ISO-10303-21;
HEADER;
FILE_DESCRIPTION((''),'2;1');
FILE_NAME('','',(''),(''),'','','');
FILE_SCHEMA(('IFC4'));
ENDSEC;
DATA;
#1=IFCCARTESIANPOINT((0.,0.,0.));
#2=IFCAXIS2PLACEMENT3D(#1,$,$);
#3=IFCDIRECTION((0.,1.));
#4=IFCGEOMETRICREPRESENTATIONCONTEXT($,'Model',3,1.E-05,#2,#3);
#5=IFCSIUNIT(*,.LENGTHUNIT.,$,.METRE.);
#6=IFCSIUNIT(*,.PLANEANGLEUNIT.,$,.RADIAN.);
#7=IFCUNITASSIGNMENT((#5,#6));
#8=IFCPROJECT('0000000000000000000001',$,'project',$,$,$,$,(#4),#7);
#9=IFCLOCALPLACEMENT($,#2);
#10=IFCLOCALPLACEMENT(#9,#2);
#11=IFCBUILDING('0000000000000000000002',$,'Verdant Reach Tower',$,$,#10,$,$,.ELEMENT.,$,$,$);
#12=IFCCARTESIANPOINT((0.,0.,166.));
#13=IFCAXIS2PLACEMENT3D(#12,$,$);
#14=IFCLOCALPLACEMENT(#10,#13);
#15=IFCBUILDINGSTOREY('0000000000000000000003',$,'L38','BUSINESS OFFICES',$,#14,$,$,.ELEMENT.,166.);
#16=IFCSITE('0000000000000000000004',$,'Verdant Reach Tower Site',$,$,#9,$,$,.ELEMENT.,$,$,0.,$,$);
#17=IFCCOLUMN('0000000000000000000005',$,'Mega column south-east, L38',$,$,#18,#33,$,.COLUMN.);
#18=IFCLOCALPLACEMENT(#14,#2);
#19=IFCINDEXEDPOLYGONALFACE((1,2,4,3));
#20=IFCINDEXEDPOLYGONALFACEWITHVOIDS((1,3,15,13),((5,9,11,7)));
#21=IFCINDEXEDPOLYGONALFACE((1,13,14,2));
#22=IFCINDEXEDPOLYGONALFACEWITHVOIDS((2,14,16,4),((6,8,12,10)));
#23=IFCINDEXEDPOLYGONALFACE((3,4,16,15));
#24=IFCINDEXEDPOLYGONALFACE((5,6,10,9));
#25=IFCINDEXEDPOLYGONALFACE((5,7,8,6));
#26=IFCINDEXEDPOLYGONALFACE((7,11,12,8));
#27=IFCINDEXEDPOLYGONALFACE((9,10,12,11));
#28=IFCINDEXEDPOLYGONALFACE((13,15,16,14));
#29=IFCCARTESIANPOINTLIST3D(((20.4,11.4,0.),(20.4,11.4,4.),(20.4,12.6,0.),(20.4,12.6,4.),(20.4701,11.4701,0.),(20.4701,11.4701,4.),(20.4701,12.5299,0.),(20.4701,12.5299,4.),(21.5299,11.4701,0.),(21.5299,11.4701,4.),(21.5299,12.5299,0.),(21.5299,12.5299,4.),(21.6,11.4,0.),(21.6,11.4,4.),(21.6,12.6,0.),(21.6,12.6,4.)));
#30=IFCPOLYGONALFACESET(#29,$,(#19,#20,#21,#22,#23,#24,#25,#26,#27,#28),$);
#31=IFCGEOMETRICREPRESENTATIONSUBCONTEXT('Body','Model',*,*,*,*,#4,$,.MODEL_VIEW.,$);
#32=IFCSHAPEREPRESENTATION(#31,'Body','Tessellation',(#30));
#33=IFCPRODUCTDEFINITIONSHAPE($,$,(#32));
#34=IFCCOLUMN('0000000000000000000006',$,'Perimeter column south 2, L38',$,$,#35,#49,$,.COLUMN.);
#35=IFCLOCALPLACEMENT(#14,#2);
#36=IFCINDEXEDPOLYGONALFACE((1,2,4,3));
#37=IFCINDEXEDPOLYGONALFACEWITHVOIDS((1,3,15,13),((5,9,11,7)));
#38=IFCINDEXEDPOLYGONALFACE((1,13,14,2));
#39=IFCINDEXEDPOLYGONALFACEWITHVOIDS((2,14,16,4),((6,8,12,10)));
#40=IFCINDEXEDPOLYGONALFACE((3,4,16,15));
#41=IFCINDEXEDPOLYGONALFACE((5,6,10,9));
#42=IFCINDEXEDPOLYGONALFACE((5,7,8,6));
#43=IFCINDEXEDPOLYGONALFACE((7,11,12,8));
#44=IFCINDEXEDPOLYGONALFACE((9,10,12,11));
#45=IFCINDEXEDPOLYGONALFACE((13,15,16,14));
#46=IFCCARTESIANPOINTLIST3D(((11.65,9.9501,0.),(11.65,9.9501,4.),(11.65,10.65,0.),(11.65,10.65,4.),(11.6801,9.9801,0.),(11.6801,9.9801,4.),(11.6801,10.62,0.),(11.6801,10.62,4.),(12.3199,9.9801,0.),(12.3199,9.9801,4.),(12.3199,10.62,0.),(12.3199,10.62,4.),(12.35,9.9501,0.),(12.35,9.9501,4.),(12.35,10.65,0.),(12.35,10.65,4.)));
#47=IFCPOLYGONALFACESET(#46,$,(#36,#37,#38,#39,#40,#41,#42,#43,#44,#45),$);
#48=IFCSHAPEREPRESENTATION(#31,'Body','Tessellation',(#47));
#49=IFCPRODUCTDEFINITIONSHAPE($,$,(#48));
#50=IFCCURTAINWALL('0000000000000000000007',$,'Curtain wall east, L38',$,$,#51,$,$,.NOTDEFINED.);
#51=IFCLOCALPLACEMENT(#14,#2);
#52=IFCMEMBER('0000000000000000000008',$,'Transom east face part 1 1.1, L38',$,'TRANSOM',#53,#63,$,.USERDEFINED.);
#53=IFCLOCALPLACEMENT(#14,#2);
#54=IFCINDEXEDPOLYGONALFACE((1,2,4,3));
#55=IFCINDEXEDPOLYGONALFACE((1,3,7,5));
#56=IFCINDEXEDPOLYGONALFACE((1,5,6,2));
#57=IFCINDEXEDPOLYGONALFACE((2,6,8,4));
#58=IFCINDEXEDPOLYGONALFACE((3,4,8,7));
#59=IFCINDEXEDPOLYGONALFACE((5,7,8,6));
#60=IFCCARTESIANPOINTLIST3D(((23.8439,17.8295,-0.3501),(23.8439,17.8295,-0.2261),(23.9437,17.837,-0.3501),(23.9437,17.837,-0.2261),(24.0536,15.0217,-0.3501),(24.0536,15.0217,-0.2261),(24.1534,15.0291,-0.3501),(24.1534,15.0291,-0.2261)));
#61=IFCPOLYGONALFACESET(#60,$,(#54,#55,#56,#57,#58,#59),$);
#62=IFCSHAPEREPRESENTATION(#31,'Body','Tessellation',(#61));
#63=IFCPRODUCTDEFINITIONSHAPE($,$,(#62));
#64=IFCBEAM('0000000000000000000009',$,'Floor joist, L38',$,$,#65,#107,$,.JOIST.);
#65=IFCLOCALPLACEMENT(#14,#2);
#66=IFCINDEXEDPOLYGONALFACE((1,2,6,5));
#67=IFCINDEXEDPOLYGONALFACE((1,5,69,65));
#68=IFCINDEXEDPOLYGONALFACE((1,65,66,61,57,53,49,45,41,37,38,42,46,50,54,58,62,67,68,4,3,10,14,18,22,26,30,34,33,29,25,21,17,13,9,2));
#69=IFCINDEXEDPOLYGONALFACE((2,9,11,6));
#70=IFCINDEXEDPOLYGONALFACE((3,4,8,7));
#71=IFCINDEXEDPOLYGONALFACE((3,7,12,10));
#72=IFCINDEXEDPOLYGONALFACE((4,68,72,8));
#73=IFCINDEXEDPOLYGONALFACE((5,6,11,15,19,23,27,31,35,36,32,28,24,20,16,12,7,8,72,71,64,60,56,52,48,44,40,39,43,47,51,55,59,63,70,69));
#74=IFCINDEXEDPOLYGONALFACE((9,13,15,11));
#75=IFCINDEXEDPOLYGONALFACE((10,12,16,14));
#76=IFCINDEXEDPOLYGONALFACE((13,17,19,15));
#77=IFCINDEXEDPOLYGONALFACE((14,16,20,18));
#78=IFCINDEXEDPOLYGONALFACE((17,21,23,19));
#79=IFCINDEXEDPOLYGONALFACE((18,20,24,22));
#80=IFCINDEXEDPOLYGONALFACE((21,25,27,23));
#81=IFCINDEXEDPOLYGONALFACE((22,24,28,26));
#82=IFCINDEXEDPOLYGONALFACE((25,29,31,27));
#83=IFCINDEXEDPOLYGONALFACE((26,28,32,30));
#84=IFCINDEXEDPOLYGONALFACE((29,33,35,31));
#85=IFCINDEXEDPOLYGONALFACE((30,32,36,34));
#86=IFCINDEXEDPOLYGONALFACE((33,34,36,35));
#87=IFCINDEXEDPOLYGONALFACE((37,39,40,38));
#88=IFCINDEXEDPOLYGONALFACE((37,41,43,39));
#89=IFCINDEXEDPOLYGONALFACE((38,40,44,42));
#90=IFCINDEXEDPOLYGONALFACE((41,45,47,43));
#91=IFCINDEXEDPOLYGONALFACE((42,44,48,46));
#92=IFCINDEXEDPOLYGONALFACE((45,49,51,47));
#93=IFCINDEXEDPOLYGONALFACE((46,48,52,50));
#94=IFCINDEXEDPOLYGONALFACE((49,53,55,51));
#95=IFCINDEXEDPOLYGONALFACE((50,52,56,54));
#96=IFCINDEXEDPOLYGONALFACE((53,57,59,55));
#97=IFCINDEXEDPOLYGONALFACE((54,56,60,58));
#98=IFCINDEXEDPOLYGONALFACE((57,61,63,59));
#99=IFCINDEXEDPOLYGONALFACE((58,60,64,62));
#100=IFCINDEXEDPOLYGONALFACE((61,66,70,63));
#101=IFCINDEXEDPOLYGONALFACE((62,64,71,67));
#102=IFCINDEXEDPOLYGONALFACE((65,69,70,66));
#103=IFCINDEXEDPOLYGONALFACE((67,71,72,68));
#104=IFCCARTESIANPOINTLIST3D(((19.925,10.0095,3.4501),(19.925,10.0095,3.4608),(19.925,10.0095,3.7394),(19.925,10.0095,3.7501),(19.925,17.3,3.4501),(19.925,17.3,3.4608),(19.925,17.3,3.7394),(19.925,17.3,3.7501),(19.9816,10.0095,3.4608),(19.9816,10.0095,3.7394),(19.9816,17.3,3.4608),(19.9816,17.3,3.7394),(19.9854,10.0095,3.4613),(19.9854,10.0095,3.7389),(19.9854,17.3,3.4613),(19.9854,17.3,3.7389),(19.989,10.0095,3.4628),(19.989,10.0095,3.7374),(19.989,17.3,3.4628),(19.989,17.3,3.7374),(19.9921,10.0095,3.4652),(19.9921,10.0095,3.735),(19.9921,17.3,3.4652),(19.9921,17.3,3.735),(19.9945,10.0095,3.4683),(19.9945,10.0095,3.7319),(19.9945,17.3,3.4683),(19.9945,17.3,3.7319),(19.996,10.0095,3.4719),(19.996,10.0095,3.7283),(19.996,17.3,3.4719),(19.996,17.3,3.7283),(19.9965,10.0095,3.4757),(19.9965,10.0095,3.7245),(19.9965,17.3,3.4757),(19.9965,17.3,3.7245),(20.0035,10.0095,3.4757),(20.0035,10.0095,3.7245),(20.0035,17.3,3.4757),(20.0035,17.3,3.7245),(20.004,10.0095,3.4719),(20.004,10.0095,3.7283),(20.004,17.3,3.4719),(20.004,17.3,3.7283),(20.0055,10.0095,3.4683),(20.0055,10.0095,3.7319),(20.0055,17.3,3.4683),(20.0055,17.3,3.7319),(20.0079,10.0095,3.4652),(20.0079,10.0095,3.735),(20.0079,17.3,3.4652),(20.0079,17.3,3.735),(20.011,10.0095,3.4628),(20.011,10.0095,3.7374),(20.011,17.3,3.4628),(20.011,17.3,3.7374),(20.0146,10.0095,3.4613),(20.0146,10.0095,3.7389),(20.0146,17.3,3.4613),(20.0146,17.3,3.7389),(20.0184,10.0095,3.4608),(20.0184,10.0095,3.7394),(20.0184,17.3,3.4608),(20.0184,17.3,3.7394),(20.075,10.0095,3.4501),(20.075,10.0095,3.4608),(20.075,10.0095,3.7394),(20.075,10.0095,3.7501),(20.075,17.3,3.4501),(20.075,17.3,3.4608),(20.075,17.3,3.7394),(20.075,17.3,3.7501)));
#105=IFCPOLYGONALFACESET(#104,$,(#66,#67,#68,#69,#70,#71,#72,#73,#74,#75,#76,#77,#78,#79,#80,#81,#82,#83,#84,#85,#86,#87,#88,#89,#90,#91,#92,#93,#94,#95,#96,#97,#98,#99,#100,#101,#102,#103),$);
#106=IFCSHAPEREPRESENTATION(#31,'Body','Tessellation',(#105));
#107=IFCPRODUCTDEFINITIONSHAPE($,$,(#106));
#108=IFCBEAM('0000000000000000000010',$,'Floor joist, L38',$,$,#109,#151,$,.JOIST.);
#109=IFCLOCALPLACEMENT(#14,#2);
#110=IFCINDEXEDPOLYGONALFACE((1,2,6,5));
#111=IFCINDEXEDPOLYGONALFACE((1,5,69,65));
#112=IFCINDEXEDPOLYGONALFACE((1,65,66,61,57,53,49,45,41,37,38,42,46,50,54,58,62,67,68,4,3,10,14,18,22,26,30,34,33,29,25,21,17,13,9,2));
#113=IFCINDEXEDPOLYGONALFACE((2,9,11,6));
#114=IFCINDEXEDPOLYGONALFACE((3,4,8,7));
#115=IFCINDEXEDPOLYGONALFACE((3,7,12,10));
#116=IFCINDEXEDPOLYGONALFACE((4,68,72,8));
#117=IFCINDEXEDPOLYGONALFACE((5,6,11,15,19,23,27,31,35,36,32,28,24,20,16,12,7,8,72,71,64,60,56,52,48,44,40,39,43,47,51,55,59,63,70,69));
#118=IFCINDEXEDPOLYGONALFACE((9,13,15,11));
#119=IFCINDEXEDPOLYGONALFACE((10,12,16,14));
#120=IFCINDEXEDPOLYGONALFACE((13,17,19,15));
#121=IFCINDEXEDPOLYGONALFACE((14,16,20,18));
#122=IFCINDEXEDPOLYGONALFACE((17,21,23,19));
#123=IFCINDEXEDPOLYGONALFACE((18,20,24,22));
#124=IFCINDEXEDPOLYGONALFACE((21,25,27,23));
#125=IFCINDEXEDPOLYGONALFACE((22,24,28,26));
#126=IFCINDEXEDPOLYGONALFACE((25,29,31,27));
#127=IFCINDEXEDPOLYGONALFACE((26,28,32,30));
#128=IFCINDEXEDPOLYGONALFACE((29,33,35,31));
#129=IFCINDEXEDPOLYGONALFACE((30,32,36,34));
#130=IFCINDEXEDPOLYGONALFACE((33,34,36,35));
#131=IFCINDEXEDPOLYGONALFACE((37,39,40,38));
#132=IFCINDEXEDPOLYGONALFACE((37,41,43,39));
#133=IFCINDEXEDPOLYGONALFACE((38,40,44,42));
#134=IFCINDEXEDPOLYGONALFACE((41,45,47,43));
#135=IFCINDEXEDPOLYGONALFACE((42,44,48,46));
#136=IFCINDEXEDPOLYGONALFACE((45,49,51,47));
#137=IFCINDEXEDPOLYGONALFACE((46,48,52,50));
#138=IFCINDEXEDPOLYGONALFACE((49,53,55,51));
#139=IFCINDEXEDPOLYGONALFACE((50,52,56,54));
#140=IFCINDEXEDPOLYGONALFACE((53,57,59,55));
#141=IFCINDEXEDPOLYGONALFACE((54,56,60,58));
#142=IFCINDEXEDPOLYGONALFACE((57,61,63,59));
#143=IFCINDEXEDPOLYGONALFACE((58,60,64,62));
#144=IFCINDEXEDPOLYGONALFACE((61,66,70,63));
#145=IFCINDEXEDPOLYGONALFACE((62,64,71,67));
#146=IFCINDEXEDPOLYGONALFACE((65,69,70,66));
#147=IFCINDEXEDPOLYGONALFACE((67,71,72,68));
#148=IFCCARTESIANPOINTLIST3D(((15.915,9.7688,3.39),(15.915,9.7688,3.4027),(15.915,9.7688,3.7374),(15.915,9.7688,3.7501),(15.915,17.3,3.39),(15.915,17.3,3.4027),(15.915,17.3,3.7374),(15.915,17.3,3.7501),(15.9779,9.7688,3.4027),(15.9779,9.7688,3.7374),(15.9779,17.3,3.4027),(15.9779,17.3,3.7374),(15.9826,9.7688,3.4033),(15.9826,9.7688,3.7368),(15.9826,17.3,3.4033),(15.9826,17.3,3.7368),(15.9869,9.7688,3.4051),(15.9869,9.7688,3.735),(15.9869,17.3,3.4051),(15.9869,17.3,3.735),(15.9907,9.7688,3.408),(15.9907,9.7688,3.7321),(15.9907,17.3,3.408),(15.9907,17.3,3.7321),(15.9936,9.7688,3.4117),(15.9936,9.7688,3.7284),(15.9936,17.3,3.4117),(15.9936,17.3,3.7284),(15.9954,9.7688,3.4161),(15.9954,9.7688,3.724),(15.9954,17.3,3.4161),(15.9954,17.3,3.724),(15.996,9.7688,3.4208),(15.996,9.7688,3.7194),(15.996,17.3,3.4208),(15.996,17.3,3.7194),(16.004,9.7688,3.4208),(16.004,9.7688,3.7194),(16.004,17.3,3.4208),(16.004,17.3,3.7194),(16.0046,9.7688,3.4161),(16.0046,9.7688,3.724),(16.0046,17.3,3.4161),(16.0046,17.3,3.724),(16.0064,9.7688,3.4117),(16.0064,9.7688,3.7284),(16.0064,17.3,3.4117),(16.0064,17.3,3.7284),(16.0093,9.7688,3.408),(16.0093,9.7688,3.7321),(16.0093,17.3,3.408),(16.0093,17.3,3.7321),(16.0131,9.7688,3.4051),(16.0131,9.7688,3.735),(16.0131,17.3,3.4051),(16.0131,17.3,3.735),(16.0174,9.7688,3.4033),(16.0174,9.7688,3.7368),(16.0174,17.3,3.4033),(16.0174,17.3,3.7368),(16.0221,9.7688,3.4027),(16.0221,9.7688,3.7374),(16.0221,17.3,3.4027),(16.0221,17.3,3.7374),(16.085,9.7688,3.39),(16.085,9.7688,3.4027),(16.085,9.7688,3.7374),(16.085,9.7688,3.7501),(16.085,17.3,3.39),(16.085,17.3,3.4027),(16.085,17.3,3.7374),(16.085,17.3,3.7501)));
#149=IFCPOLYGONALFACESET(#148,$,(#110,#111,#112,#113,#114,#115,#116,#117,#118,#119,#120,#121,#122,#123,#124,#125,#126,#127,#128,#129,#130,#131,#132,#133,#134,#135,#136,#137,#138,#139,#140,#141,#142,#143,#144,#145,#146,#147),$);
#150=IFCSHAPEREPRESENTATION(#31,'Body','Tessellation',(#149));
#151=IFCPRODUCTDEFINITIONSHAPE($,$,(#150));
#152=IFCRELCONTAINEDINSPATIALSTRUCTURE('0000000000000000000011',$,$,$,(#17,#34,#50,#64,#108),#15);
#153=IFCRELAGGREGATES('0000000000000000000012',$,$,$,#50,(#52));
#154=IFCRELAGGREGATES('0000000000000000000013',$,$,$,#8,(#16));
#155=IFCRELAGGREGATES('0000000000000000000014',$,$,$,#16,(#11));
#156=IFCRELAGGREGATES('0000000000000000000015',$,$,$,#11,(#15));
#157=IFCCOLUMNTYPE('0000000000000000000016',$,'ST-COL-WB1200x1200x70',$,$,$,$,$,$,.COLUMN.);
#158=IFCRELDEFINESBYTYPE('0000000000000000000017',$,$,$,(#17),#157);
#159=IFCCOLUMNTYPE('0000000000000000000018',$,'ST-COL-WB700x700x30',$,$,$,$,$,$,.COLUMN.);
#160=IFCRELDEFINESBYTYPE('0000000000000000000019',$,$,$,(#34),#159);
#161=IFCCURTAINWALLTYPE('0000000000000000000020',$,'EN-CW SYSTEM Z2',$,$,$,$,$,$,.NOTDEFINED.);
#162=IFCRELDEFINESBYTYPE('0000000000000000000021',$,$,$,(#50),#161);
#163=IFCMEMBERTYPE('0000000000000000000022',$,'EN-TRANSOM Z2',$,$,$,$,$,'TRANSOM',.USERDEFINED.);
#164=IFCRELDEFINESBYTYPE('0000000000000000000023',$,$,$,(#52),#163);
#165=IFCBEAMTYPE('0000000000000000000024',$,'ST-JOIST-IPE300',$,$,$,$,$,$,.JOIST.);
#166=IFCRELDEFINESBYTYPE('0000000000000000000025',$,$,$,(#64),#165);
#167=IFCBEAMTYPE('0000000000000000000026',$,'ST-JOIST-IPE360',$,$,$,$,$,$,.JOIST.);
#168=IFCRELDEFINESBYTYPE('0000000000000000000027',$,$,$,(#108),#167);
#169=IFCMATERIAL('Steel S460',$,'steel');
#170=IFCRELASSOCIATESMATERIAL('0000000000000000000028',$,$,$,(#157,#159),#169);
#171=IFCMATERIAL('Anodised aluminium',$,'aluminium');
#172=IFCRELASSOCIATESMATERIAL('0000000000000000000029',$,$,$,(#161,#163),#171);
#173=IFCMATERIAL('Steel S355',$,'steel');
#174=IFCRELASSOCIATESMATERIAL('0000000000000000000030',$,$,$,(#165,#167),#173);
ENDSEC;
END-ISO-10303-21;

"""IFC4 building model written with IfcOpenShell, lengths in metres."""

from ifc_helpers import new_model, si_unit, direction, frame, origin, origin_2d, place, context, subcontext, project, spatial, rectangle, hollow_rectangle, i_section, extrude, material, material_profile, profile_set, type_object, element, aggregate, save


model = new_model("IFC4")

# Units and contexts
model_context = context("Model", 3, precision=1e-05, world=origin(), true_north=direction((0.0, 1.0)))
body_context = subcontext(model_context, "Body", "Model", "MODEL_VIEW")
ifc_project = project(units=[si_unit("LENGTHUNIT", "METRE"), si_unit("PLANEANGLEUNIT", "RADIAN")], contexts=[model_context])

# Site, building, storey
site_placement = place(None, origin())
site = spatial("IfcSite", under=ifc_project, at=site_placement, Name="Verdant Reach Tower Site", CompositionType="ELEMENT", RefElevation=0.0)
building_placement = place(site_placement, origin())
building = spatial("IfcBuilding", under=site, at=building_placement, Name="Verdant Reach Tower", CompositionType="ELEMENT")
storey_placement = place(building_placement, frame((0.0, 0.0, 166.0)))
storey = spatial("IfcBuildingStorey", under=building, at=storey_placement, Name="L38", Description="BUSINESS OFFICES", CompositionType="ELEMENT", Elevation=166.0)

# Columns
ifc_material_1 = material(Name="Steel S460", Category="steel")
ifc_material_profile_1 = material_profile(ifc_material_1, hollow_rectangle(XDim=1.2, YDim=1.2, WallThickness=0.0701, at=origin_2d()), Name="WB 1200x1200x70")
ifc_profile_set_1 = profile_set([ifc_material_profile_1], Name="Steel S460")
column_type_1 = type_object("IfcColumnType", Name="ST-COL-WB1200x1200x70", PredefinedType="COLUMN", material=ifc_profile_set_1)
column_1_placement = place(storey_placement, frame((21.0, 12.0, 0.0), z_axis=(0.0, 0.0, 1.0), x_axis=(1.0, 0.0, 0.0)))
element("IfcColumn", 1, at=column_1_placement, inside=storey, type_object=column_type_1, Name="Mega column south-east, L38", PredefinedType="COLUMN", context=body_context, shape_type="SweptSolid", body=[
    extrude(hollow_rectangle(XDim=1.2, YDim=1.2, WallThickness=0.0701, at=origin_2d()), origin(), (0.0, 0.0, 1.0), 4.0),
])
ifc_material_profile_2 = material_profile(ifc_material_1, hollow_rectangle(XDim=0.7, YDim=0.7, WallThickness=0.03, at=origin_2d()), Name="WB 700x700x30")
ifc_profile_set_2 = profile_set([ifc_material_profile_2], Name="Steel S460")
column_type_2 = type_object("IfcColumnType", Name="ST-COL-WB700x700x30", PredefinedType="COLUMN", material=ifc_profile_set_2)
column_2_placement = place(storey_placement, frame((12.0, 10.3, 0.0), z_axis=(0.0, 0.0, 1.0), x_axis=(1.0, 0.0, 0.0)))
element("IfcColumn", 2, at=column_2_placement, inside=storey, type_object=column_type_2, Name="Perimeter column south 2, L38", PredefinedType="COLUMN", context=body_context, shape_type="SweptSolid", body=[
    extrude(hollow_rectangle(XDim=0.7, YDim=0.7, WallThickness=0.03, at=origin_2d()), origin(), (0.0, 0.0, 1.0), 4.0),
])

# Curtain wall, member
ifc_material_2 = material(Name="Anodised aluminium", Category="aluminium")
curtain_wall_type = type_object("IfcCurtainWallType", Name="EN-CW SYSTEM Z2", PredefinedType="NOTDEFINED", material=ifc_material_2)
curtain_wall_1_placement = place(storey_placement, origin())
curtain_wall_1 = element("IfcCurtainWall", 3, at=curtain_wall_1_placement, inside=storey, type_object=curtain_wall_type, Name="Curtain wall east, L38", PredefinedType="NOTDEFINED")
ifc_material_profile_3 = material_profile(ifc_material_2, rectangle(XDim=0.1001, YDim=0.124, at=origin_2d()), Name="Transom 124x100")
ifc_profile_set_3 = profile_set([ifc_material_profile_3], Name="Anodised aluminium")
member_type = type_object("IfcMemberType", Name="EN-TRANSOM Z2", ElementType="TRANSOM", PredefinedType="USERDEFINED", material=ifc_profile_set_3)
member_placement = place(storey_placement, frame((24.1035, 15.0254, -0.2881), z_axis=(-0.074482, 0.997222, 0.0), x_axis=(-0.997222, -0.074482, 0.0)))
member = element("IfcMember", 4, at=member_placement, type_object=member_type, Name="Transom east face part 1 1.1, L38", ObjectType="TRANSOM", PredefinedType="USERDEFINED", context=body_context, shape_type="SweptSolid", body=[
    extrude(rectangle(XDim=0.1001, YDim=0.124, at=origin_2d()), origin(), (0.0, 0.0, 1.0), 2.8157),
])

# Beams
ifc_material_3 = material(Name="Steel S355", Category="steel")
ifc_material_profile_4 = material_profile(ifc_material_3, i_section(OverallWidth=0.1499, OverallDepth=0.3, WebThickness=0.0071, FlangeThickness=0.0107, FilletRadius=0.0149, at=origin_2d()), Name="IPE 300")
ifc_profile_set_4 = profile_set([ifc_material_profile_4], Name="Steel S355")
beam_type_1 = type_object("IfcBeamType", Name="ST-JOIST-IPE300", PredefinedType="JOIST", material=ifc_profile_set_4)
beam_1_placement = place(storey_placement, frame((20.0, 17.3, 3.6001), z_axis=(0.0, -1.0, 0.0), x_axis=(1.0, 0.0, 0.0)))
element("IfcBeam", 5, at=beam_1_placement, inside=storey, type_object=beam_type_1, Name="Floor joist, L38", PredefinedType="JOIST", context=body_context, shape_type="SweptSolid", body=[
    extrude(i_section(OverallWidth=0.1499, OverallDepth=0.3, WebThickness=0.0071, FlangeThickness=0.0107, FilletRadius=0.0149, at=origin_2d()), origin(), (0.0, 0.0, 1.0), 7.2905),
])
ifc_material_profile_5 = material_profile(ifc_material_3, i_section(OverallWidth=0.1699, OverallDepth=0.3601, WebThickness=0.0081, FlangeThickness=0.0127, FilletRadius=0.0181, at=origin_2d()), Name="IPE 360")
ifc_profile_set_5 = profile_set([ifc_material_profile_5], Name="Steel S355")
beam_type_2 = type_object("IfcBeamType", Name="ST-JOIST-IPE360", PredefinedType="JOIST", material=ifc_profile_set_5)
beam_2_placement = place(storey_placement, frame((16.0, 17.3, 3.5701), z_axis=(0.0, -1.0, 0.0), x_axis=(1.0, 0.0, 0.0)))
element("IfcBeam", 6, at=beam_2_placement, inside=storey, type_object=beam_type_2, Name="Floor joist, L38", PredefinedType="JOIST", context=body_context, shape_type="SweptSolid", body=[
    extrude(i_section(OverallWidth=0.1699, OverallDepth=0.3601, WebThickness=0.0081, FlangeThickness=0.0127, FilletRadius=0.0181, at=origin_2d()), origin(), (0.0, 0.0, 1.0), 7.5312),
])

aggregate(curtain_wall_1, [member])

save(model, "model.ifc")
